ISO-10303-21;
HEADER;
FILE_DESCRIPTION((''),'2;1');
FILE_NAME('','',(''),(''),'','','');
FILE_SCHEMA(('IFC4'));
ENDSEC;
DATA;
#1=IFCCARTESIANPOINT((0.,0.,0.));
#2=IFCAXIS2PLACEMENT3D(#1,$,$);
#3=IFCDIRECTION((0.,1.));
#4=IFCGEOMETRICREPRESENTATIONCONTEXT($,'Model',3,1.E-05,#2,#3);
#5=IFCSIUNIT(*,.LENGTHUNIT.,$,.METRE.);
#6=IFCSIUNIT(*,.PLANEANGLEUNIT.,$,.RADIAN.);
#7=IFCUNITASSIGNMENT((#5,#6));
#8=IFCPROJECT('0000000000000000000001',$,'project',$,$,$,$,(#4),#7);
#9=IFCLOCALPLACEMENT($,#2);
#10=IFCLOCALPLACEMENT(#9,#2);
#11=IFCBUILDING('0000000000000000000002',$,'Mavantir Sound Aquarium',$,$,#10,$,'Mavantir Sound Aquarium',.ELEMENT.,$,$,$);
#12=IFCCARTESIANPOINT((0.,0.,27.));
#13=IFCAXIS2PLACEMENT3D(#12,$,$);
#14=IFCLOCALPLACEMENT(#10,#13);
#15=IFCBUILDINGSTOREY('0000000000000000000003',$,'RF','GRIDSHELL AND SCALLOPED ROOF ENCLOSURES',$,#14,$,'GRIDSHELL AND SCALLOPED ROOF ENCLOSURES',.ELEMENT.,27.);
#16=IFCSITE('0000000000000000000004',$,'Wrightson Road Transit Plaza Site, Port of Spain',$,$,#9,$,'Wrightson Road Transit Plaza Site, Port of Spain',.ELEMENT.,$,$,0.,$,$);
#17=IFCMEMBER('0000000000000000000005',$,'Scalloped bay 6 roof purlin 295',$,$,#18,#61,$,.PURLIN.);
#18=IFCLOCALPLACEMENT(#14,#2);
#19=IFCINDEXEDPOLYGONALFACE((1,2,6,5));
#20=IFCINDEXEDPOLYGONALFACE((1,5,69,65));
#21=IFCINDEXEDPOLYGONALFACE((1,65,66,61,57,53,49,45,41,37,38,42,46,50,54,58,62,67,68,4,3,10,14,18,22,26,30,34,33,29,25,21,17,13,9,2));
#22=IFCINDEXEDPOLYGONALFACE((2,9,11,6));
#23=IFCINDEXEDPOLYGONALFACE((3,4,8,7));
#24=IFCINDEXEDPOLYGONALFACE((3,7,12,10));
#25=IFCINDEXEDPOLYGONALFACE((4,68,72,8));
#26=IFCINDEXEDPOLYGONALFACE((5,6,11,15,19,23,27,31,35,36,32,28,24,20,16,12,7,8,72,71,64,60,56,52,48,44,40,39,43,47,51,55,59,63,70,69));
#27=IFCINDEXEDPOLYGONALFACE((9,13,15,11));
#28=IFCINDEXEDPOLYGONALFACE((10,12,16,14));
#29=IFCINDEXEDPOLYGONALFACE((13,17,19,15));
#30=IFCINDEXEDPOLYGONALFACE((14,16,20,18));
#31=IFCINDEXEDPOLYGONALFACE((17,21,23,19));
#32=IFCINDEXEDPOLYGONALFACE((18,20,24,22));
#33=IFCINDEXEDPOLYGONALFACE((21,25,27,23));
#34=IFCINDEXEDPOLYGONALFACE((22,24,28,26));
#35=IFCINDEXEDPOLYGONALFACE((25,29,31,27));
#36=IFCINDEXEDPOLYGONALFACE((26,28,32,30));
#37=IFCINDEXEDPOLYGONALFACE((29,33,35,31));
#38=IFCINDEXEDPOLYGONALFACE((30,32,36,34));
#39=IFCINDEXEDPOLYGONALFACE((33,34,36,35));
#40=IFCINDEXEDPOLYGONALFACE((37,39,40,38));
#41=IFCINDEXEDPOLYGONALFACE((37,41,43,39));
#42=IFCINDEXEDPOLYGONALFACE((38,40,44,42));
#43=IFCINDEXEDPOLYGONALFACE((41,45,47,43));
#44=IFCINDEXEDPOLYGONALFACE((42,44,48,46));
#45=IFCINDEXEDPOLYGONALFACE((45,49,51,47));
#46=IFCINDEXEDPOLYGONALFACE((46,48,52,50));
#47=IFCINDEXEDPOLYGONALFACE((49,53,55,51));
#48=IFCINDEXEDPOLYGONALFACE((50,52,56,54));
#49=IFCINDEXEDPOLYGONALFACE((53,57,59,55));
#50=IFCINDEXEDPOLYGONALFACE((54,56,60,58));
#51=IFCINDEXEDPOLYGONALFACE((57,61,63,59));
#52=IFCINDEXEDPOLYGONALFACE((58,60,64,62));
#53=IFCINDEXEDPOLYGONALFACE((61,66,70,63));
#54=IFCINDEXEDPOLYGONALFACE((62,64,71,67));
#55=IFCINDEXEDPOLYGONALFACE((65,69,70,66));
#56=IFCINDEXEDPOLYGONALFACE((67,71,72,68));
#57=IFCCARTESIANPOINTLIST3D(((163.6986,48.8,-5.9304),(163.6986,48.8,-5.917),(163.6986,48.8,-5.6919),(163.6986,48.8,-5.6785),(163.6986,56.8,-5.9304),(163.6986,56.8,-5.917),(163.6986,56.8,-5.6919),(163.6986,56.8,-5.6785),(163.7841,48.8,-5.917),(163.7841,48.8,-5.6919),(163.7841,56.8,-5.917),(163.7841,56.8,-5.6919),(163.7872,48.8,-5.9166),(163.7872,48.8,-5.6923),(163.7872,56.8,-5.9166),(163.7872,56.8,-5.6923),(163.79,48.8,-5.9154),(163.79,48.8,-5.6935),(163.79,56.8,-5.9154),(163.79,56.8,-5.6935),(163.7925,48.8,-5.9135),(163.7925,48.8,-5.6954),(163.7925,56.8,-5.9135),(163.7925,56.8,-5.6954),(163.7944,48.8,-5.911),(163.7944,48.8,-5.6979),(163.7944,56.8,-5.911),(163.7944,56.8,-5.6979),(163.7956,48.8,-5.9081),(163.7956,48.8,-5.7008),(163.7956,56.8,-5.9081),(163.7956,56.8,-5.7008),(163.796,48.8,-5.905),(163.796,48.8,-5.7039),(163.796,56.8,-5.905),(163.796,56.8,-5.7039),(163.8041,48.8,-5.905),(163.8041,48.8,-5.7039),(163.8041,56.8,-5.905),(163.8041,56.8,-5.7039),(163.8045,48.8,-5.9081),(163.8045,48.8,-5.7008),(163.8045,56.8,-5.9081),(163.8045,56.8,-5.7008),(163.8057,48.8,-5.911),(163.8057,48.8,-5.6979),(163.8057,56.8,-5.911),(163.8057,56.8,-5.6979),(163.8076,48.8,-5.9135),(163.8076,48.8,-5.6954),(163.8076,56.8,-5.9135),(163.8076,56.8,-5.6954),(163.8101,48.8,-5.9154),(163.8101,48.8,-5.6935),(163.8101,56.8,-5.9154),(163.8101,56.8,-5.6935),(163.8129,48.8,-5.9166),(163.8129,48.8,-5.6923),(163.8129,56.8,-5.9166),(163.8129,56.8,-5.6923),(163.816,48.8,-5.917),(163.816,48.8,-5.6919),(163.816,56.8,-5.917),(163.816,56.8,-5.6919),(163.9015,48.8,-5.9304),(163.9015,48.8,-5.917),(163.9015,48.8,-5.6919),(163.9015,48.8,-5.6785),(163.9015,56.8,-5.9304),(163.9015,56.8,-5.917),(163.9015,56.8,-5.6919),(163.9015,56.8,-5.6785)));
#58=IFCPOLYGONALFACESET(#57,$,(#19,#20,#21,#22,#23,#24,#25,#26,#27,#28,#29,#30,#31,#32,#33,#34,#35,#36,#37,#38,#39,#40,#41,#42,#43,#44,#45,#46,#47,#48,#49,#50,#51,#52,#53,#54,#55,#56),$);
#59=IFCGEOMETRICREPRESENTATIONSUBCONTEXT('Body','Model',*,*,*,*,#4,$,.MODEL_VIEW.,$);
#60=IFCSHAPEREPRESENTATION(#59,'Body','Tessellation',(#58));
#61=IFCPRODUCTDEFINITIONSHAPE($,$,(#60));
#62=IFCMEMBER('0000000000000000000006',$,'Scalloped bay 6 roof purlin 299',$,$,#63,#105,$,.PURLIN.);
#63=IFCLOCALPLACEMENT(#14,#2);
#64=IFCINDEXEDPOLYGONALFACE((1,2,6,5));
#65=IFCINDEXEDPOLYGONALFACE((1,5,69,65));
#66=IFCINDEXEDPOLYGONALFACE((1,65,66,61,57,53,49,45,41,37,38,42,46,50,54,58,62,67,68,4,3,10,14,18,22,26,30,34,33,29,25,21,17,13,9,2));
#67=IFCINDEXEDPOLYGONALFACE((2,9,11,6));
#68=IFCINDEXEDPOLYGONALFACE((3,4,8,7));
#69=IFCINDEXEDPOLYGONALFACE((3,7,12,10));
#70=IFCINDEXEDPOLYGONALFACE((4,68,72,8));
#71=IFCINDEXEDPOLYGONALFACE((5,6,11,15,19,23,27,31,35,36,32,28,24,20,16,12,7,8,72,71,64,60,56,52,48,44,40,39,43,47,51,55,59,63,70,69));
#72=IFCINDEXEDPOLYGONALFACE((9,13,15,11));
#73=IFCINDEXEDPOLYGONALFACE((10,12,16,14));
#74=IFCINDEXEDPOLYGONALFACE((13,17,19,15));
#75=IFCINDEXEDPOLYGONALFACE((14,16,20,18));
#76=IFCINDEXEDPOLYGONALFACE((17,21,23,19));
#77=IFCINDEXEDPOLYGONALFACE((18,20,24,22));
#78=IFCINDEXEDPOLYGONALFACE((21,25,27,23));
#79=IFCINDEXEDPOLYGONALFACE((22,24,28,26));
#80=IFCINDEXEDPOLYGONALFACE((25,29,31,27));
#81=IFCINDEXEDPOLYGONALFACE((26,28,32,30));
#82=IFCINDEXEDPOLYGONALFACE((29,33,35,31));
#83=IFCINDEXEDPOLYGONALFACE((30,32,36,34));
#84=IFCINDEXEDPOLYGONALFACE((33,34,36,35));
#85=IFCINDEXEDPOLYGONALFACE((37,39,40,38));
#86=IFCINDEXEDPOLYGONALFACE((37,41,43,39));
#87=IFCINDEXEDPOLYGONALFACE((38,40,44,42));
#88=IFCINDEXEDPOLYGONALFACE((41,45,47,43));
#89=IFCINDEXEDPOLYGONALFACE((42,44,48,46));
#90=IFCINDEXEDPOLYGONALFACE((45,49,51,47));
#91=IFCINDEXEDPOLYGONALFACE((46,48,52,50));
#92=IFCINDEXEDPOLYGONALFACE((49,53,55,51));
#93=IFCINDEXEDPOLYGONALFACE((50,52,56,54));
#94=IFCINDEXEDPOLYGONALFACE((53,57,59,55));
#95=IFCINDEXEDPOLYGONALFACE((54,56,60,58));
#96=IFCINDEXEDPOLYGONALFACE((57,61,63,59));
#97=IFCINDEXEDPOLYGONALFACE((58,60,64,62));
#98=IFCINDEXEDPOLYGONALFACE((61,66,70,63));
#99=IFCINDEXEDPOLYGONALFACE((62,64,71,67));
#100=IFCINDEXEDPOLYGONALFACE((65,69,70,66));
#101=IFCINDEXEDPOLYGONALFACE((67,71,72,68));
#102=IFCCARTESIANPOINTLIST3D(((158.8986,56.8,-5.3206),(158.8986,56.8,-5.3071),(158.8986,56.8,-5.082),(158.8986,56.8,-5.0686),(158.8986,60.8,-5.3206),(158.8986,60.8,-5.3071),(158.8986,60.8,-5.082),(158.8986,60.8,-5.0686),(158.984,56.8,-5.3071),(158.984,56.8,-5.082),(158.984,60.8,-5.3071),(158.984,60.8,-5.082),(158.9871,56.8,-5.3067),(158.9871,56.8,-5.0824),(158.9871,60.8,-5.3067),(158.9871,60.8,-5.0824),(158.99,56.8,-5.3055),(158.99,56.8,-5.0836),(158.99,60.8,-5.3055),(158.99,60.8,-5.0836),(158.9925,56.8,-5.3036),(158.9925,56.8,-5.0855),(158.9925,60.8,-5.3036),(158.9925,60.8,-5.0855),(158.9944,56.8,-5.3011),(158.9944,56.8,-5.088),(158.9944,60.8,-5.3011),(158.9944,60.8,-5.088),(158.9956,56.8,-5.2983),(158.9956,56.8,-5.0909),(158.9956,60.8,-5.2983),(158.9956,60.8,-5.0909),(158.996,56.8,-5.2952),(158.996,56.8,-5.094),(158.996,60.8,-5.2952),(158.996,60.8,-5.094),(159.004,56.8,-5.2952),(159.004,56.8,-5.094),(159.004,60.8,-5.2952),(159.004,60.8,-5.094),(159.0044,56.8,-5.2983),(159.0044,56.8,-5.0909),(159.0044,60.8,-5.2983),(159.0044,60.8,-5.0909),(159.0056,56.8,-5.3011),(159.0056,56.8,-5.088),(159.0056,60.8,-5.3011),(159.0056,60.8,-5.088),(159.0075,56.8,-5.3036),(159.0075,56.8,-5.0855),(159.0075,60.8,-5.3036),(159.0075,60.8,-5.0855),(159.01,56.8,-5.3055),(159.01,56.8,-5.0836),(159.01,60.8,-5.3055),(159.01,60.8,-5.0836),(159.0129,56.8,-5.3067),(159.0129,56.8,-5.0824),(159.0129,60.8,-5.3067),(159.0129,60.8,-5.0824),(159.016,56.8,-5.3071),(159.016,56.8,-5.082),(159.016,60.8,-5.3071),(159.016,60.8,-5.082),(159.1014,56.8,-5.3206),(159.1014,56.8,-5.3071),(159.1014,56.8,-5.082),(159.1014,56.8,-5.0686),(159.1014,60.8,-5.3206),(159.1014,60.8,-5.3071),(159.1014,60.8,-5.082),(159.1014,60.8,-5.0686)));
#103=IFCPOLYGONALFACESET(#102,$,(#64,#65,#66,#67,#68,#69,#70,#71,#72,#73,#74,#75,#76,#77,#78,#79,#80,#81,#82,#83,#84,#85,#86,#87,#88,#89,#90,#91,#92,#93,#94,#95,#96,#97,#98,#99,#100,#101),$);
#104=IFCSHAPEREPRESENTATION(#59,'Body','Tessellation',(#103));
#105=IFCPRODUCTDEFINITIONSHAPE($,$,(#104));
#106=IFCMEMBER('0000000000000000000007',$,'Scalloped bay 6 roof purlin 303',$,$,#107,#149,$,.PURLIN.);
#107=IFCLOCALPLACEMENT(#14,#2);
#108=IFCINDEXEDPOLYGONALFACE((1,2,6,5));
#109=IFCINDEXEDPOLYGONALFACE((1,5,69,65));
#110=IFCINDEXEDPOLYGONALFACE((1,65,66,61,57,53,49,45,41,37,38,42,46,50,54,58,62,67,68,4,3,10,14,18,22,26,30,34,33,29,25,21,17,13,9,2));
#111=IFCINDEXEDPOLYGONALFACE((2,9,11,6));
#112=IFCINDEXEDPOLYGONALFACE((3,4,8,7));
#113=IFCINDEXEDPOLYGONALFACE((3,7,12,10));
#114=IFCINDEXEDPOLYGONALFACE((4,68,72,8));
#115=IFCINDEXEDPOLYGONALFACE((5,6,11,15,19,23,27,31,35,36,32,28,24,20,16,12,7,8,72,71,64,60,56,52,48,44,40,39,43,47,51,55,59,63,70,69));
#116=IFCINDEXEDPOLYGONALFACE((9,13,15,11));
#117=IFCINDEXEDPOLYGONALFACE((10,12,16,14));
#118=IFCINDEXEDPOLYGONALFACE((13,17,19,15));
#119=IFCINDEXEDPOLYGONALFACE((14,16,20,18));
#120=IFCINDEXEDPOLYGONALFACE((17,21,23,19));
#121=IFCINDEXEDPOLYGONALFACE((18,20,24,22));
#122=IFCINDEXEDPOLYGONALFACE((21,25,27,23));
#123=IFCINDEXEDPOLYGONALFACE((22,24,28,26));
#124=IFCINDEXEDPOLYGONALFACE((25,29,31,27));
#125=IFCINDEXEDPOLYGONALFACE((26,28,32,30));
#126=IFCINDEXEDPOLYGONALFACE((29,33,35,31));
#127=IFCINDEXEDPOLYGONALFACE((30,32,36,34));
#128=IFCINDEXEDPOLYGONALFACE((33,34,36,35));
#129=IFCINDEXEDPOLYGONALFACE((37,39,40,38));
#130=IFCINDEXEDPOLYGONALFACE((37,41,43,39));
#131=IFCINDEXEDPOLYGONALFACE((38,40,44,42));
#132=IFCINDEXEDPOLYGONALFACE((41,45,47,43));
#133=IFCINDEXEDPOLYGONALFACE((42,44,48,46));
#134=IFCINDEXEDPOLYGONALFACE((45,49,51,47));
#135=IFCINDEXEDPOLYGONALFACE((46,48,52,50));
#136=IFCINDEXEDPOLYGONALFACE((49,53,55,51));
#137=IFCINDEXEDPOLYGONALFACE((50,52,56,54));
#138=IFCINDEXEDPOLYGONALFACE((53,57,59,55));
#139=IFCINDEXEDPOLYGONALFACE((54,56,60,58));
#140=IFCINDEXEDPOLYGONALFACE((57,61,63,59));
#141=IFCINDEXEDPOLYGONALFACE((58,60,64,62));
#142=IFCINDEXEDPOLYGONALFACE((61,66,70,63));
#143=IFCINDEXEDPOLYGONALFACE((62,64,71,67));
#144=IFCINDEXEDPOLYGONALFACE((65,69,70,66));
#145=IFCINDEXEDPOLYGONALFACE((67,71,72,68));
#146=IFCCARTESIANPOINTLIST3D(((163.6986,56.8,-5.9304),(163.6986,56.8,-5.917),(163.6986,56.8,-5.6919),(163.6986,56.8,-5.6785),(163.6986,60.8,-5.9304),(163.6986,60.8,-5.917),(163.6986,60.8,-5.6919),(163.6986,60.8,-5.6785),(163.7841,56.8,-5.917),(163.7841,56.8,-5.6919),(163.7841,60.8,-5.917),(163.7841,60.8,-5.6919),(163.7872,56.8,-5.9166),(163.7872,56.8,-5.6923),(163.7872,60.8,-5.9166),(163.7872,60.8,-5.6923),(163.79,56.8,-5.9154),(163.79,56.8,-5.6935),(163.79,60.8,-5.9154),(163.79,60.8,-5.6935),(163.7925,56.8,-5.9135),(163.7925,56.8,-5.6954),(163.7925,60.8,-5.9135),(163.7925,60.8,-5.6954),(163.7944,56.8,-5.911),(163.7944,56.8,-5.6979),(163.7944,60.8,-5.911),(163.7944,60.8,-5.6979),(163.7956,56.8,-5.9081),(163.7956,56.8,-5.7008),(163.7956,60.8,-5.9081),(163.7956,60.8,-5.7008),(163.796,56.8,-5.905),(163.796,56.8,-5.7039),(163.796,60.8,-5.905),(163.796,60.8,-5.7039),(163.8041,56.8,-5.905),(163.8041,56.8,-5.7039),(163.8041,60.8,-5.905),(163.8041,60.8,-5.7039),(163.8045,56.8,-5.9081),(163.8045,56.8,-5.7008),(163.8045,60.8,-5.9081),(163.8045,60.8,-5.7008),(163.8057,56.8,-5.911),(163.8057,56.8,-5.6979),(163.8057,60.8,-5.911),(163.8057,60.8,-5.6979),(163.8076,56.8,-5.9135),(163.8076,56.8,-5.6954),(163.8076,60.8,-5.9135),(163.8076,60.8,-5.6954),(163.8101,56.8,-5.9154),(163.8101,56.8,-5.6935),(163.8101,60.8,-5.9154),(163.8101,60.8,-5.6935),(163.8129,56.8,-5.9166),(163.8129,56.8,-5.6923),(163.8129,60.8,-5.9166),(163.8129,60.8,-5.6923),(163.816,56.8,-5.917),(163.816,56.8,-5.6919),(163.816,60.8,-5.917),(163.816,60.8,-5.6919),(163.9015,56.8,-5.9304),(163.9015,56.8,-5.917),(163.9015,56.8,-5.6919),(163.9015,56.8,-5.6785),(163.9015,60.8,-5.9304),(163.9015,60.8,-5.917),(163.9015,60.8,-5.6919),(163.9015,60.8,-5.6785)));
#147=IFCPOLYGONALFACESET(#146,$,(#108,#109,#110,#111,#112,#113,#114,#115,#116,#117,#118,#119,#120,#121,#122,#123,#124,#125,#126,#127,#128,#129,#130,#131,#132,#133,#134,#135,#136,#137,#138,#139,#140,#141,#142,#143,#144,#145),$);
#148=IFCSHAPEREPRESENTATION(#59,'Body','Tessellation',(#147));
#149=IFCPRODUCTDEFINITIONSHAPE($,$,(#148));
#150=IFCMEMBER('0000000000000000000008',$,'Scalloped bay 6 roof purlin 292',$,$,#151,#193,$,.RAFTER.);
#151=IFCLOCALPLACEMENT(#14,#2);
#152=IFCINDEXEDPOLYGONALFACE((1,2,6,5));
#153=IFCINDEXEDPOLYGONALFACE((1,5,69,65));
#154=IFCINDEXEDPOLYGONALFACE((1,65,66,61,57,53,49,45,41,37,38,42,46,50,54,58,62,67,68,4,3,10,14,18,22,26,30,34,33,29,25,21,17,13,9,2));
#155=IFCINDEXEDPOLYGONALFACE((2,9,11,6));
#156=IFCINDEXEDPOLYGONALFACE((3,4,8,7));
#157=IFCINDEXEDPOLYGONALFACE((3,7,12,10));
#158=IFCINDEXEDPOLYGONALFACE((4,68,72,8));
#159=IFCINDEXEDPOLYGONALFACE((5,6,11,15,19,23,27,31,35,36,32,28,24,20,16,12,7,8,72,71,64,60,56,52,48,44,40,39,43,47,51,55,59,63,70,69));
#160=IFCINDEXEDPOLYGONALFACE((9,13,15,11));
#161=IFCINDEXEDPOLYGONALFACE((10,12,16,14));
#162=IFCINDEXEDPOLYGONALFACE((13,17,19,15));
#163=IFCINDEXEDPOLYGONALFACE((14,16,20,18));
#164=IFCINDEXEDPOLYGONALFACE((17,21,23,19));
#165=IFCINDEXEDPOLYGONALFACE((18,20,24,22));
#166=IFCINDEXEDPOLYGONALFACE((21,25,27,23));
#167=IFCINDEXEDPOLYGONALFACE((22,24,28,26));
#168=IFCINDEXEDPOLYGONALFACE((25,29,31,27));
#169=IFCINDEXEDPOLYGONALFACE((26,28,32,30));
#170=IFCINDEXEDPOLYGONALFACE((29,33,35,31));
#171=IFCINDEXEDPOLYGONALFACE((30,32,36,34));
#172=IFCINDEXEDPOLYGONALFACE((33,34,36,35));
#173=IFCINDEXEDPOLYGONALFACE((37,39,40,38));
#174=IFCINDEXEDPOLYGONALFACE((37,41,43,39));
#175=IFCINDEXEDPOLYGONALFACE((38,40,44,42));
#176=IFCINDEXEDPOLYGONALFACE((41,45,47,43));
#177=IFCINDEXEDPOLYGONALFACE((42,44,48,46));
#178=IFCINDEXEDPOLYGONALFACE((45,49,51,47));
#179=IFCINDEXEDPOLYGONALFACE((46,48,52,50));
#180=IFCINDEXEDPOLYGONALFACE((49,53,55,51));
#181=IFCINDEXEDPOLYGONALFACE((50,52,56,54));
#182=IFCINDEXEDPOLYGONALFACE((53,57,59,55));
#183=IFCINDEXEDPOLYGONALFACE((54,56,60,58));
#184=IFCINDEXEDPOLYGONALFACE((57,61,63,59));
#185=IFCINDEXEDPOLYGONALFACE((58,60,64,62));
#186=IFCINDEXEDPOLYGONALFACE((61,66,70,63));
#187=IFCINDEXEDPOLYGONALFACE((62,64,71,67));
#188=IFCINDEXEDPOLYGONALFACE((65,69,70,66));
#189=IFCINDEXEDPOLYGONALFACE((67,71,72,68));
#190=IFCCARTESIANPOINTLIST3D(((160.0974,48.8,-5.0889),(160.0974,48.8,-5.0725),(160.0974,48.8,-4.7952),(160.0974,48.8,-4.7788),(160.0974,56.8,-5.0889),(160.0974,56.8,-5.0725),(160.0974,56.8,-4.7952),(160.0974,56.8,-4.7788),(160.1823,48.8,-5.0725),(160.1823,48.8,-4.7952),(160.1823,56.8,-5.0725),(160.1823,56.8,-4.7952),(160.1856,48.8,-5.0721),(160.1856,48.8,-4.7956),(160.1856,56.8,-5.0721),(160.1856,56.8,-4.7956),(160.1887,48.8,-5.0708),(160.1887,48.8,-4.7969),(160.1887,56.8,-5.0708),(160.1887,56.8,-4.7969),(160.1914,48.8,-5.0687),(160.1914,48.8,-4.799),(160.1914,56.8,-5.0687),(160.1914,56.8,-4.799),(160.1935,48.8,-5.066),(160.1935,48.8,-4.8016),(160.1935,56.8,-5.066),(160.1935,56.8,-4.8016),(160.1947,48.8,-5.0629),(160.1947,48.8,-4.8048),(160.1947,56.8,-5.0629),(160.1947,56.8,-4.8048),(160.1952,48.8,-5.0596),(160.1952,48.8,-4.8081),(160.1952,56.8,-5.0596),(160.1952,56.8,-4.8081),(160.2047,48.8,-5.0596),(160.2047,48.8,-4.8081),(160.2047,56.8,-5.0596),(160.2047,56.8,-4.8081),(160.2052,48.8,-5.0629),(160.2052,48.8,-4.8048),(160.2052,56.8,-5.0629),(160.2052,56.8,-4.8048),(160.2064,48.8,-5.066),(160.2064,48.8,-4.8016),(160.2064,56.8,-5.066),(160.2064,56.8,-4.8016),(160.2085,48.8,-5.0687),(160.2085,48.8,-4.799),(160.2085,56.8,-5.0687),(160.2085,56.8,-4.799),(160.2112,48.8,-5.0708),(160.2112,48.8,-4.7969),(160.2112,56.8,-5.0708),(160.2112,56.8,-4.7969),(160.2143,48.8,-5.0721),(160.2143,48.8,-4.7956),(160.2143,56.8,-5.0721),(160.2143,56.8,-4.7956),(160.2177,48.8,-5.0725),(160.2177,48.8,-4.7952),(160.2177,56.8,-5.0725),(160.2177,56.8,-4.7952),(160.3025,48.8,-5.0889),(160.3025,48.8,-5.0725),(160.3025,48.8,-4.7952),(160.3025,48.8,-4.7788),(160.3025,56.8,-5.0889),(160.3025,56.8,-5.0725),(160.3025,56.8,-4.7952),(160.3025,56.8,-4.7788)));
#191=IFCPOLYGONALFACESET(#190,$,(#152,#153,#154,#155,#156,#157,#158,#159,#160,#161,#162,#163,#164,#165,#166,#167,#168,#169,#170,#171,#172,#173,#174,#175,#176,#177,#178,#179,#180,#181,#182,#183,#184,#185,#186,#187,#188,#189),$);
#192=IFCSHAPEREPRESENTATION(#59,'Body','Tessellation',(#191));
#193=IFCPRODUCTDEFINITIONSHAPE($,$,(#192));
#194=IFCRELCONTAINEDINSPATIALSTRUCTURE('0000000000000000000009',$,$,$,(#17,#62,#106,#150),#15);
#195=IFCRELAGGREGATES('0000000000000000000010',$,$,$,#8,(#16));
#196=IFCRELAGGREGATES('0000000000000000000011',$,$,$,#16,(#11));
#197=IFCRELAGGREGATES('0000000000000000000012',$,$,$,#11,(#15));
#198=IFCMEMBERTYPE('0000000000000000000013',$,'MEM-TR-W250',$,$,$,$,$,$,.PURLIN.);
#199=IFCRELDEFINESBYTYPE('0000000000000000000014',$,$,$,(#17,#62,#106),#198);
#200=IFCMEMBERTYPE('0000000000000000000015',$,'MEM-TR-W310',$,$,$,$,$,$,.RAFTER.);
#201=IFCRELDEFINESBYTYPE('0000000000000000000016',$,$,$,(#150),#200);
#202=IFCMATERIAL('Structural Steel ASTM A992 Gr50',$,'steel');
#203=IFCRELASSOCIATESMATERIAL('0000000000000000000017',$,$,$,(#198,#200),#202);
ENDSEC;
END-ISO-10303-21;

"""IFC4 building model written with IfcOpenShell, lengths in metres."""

from ifc_helpers import new_model, si_unit, direction, frame, origin, origin_2d, place, context, subcontext, project, spatial, i_section, extrude, material, material_profile, profile_set, type_object, element, save


model = new_model("IFC4")

# Units and contexts
model_context = context("Model", 3, precision=1e-05, world=origin(), true_north=direction((0.0, 1.0)))
body_context = subcontext(model_context, "Body", "Model", "MODEL_VIEW")
ifc_project = project(units=[si_unit("LENGTHUNIT", "METRE"), si_unit("PLANEANGLEUNIT", "RADIAN")], contexts=[model_context])

# Site, building, storey
site_placement = place(None, origin())
site = spatial("IfcSite", under=ifc_project, at=site_placement, Name="Wrightson Road Transit Plaza Site, Port of Spain", LongName="Wrightson Road Transit Plaza Site, Port of Spain", CompositionType="ELEMENT", RefElevation=0.0)
building_placement = place(site_placement, origin())
building = spatial("IfcBuilding", under=site, at=building_placement, Name="Mavantir Sound Aquarium", LongName="Mavantir Sound Aquarium", CompositionType="ELEMENT")
storey_placement = place(building_placement, frame((0.0, 0.0, 27.0)))
storey = spatial("IfcBuildingStorey", under=building, at=storey_placement, Name="RF", Description="GRIDSHELL AND SCALLOPED ROOF ENCLOSURES", LongName="GRIDSHELL AND SCALLOPED ROOF ENCLOSURES", CompositionType="ELEMENT", Elevation=27.0)

# Members
ifc_material_1 = material(Name="Structural Steel ASTM A992 Gr50", Category="steel")
ifc_material_profile_1 = material_profile(ifc_material_1, i_section(OverallWidth=0.2029, OverallDepth=0.252, WebThickness=0.0081, FlangeThickness=0.0134, FilletRadius=0.012, at=origin_2d()), Name="W250X58")
ifc_profile_set_1 = profile_set([ifc_material_profile_1], Name="Structural Steel ASTM A992 Gr50")
member_type_1 = type_object("IfcMemberType", Name="MEM-TR-W250", PredefinedType="PURLIN", material=ifc_profile_set_1)
member_1_placement = place(storey_placement, frame((163.8, 48.8, -5.8044), z_axis=(0.0, 1.0, 0.0), x_axis=(-1.0, 0.0, 0.0)))
element("IfcMember", 1, at=member_1_placement, inside=storey, type_object=member_type_1, Name="Scalloped bay 6 roof purlin 295", PredefinedType="PURLIN", context=body_context, shape_type="SweptSolid", body=[
    extrude(i_section(OverallWidth=0.2029, OverallDepth=0.252, WebThickness=0.0081, FlangeThickness=0.0134, FilletRadius=0.012, at=origin_2d()), origin(), (0.0, 0.0, 1.0), 8.0),
])
for number, where, z_axis, x_axis, name in (
    (2, (159.0, 56.8, -5.1946), (0.0, 1.0, 0.0), (-1.0, 0.0, 0.0), "Scalloped bay 6 roof purlin 299"),
    (3, (163.8, 56.8, -5.8044), (0.0, 1.0, 0.0), (-1.0, 0.0, 0.0), "Scalloped bay 6 roof purlin 303"),
):
    element("IfcMember", number, at=place(storey_placement, frame(where, z_axis=z_axis, x_axis=x_axis)), inside=storey, type_object=member_type_1, Name=name, PredefinedType="PURLIN", context=body_context, shape_type="SweptSolid", body=[
        extrude(i_section(OverallWidth=0.2029, OverallDepth=0.252, WebThickness=0.0081, FlangeThickness=0.0134, FilletRadius=0.012, at=origin_2d()), origin(), (0.0, 0.0, 1.0), 4.0),
    ])
ifc_material_profile_2 = material_profile(ifc_material_1, i_section(OverallWidth=0.2051, OverallDepth=0.3101, WebThickness=0.0095, FlangeThickness=0.0164, FilletRadius=0.0129, at=origin_2d()), Name="W310X74")
ifc_profile_set_2 = profile_set([ifc_material_profile_2], Name="Structural Steel ASTM A992 Gr50")
member_type_2 = type_object("IfcMemberType", Name="MEM-TR-W310", PredefinedType="RAFTER", material=ifc_profile_set_2)
for number, where, z_axis, x_axis, name in (
    (4, (160.2, 48.8, -4.9338), (0.0, 1.0, 0.0), (-1.0, 0.0, 0.0), "Scalloped bay 6 roof purlin 292"),
):
    element("IfcMember", number, at=place(storey_placement, frame(where, z_axis=z_axis, x_axis=x_axis)), inside=storey, type_object=member_type_2, Name=name, PredefinedType="RAFTER", context=body_context, shape_type="SweptSolid", body=[
        extrude(i_section(OverallWidth=0.2051, OverallDepth=0.3101, WebThickness=0.0095, FlangeThickness=0.0164, FilletRadius=0.0129, at=origin_2d()), origin(), (0.0, 0.0, 1.0), 8.0),
    ])

save(model, "model.ifc")
